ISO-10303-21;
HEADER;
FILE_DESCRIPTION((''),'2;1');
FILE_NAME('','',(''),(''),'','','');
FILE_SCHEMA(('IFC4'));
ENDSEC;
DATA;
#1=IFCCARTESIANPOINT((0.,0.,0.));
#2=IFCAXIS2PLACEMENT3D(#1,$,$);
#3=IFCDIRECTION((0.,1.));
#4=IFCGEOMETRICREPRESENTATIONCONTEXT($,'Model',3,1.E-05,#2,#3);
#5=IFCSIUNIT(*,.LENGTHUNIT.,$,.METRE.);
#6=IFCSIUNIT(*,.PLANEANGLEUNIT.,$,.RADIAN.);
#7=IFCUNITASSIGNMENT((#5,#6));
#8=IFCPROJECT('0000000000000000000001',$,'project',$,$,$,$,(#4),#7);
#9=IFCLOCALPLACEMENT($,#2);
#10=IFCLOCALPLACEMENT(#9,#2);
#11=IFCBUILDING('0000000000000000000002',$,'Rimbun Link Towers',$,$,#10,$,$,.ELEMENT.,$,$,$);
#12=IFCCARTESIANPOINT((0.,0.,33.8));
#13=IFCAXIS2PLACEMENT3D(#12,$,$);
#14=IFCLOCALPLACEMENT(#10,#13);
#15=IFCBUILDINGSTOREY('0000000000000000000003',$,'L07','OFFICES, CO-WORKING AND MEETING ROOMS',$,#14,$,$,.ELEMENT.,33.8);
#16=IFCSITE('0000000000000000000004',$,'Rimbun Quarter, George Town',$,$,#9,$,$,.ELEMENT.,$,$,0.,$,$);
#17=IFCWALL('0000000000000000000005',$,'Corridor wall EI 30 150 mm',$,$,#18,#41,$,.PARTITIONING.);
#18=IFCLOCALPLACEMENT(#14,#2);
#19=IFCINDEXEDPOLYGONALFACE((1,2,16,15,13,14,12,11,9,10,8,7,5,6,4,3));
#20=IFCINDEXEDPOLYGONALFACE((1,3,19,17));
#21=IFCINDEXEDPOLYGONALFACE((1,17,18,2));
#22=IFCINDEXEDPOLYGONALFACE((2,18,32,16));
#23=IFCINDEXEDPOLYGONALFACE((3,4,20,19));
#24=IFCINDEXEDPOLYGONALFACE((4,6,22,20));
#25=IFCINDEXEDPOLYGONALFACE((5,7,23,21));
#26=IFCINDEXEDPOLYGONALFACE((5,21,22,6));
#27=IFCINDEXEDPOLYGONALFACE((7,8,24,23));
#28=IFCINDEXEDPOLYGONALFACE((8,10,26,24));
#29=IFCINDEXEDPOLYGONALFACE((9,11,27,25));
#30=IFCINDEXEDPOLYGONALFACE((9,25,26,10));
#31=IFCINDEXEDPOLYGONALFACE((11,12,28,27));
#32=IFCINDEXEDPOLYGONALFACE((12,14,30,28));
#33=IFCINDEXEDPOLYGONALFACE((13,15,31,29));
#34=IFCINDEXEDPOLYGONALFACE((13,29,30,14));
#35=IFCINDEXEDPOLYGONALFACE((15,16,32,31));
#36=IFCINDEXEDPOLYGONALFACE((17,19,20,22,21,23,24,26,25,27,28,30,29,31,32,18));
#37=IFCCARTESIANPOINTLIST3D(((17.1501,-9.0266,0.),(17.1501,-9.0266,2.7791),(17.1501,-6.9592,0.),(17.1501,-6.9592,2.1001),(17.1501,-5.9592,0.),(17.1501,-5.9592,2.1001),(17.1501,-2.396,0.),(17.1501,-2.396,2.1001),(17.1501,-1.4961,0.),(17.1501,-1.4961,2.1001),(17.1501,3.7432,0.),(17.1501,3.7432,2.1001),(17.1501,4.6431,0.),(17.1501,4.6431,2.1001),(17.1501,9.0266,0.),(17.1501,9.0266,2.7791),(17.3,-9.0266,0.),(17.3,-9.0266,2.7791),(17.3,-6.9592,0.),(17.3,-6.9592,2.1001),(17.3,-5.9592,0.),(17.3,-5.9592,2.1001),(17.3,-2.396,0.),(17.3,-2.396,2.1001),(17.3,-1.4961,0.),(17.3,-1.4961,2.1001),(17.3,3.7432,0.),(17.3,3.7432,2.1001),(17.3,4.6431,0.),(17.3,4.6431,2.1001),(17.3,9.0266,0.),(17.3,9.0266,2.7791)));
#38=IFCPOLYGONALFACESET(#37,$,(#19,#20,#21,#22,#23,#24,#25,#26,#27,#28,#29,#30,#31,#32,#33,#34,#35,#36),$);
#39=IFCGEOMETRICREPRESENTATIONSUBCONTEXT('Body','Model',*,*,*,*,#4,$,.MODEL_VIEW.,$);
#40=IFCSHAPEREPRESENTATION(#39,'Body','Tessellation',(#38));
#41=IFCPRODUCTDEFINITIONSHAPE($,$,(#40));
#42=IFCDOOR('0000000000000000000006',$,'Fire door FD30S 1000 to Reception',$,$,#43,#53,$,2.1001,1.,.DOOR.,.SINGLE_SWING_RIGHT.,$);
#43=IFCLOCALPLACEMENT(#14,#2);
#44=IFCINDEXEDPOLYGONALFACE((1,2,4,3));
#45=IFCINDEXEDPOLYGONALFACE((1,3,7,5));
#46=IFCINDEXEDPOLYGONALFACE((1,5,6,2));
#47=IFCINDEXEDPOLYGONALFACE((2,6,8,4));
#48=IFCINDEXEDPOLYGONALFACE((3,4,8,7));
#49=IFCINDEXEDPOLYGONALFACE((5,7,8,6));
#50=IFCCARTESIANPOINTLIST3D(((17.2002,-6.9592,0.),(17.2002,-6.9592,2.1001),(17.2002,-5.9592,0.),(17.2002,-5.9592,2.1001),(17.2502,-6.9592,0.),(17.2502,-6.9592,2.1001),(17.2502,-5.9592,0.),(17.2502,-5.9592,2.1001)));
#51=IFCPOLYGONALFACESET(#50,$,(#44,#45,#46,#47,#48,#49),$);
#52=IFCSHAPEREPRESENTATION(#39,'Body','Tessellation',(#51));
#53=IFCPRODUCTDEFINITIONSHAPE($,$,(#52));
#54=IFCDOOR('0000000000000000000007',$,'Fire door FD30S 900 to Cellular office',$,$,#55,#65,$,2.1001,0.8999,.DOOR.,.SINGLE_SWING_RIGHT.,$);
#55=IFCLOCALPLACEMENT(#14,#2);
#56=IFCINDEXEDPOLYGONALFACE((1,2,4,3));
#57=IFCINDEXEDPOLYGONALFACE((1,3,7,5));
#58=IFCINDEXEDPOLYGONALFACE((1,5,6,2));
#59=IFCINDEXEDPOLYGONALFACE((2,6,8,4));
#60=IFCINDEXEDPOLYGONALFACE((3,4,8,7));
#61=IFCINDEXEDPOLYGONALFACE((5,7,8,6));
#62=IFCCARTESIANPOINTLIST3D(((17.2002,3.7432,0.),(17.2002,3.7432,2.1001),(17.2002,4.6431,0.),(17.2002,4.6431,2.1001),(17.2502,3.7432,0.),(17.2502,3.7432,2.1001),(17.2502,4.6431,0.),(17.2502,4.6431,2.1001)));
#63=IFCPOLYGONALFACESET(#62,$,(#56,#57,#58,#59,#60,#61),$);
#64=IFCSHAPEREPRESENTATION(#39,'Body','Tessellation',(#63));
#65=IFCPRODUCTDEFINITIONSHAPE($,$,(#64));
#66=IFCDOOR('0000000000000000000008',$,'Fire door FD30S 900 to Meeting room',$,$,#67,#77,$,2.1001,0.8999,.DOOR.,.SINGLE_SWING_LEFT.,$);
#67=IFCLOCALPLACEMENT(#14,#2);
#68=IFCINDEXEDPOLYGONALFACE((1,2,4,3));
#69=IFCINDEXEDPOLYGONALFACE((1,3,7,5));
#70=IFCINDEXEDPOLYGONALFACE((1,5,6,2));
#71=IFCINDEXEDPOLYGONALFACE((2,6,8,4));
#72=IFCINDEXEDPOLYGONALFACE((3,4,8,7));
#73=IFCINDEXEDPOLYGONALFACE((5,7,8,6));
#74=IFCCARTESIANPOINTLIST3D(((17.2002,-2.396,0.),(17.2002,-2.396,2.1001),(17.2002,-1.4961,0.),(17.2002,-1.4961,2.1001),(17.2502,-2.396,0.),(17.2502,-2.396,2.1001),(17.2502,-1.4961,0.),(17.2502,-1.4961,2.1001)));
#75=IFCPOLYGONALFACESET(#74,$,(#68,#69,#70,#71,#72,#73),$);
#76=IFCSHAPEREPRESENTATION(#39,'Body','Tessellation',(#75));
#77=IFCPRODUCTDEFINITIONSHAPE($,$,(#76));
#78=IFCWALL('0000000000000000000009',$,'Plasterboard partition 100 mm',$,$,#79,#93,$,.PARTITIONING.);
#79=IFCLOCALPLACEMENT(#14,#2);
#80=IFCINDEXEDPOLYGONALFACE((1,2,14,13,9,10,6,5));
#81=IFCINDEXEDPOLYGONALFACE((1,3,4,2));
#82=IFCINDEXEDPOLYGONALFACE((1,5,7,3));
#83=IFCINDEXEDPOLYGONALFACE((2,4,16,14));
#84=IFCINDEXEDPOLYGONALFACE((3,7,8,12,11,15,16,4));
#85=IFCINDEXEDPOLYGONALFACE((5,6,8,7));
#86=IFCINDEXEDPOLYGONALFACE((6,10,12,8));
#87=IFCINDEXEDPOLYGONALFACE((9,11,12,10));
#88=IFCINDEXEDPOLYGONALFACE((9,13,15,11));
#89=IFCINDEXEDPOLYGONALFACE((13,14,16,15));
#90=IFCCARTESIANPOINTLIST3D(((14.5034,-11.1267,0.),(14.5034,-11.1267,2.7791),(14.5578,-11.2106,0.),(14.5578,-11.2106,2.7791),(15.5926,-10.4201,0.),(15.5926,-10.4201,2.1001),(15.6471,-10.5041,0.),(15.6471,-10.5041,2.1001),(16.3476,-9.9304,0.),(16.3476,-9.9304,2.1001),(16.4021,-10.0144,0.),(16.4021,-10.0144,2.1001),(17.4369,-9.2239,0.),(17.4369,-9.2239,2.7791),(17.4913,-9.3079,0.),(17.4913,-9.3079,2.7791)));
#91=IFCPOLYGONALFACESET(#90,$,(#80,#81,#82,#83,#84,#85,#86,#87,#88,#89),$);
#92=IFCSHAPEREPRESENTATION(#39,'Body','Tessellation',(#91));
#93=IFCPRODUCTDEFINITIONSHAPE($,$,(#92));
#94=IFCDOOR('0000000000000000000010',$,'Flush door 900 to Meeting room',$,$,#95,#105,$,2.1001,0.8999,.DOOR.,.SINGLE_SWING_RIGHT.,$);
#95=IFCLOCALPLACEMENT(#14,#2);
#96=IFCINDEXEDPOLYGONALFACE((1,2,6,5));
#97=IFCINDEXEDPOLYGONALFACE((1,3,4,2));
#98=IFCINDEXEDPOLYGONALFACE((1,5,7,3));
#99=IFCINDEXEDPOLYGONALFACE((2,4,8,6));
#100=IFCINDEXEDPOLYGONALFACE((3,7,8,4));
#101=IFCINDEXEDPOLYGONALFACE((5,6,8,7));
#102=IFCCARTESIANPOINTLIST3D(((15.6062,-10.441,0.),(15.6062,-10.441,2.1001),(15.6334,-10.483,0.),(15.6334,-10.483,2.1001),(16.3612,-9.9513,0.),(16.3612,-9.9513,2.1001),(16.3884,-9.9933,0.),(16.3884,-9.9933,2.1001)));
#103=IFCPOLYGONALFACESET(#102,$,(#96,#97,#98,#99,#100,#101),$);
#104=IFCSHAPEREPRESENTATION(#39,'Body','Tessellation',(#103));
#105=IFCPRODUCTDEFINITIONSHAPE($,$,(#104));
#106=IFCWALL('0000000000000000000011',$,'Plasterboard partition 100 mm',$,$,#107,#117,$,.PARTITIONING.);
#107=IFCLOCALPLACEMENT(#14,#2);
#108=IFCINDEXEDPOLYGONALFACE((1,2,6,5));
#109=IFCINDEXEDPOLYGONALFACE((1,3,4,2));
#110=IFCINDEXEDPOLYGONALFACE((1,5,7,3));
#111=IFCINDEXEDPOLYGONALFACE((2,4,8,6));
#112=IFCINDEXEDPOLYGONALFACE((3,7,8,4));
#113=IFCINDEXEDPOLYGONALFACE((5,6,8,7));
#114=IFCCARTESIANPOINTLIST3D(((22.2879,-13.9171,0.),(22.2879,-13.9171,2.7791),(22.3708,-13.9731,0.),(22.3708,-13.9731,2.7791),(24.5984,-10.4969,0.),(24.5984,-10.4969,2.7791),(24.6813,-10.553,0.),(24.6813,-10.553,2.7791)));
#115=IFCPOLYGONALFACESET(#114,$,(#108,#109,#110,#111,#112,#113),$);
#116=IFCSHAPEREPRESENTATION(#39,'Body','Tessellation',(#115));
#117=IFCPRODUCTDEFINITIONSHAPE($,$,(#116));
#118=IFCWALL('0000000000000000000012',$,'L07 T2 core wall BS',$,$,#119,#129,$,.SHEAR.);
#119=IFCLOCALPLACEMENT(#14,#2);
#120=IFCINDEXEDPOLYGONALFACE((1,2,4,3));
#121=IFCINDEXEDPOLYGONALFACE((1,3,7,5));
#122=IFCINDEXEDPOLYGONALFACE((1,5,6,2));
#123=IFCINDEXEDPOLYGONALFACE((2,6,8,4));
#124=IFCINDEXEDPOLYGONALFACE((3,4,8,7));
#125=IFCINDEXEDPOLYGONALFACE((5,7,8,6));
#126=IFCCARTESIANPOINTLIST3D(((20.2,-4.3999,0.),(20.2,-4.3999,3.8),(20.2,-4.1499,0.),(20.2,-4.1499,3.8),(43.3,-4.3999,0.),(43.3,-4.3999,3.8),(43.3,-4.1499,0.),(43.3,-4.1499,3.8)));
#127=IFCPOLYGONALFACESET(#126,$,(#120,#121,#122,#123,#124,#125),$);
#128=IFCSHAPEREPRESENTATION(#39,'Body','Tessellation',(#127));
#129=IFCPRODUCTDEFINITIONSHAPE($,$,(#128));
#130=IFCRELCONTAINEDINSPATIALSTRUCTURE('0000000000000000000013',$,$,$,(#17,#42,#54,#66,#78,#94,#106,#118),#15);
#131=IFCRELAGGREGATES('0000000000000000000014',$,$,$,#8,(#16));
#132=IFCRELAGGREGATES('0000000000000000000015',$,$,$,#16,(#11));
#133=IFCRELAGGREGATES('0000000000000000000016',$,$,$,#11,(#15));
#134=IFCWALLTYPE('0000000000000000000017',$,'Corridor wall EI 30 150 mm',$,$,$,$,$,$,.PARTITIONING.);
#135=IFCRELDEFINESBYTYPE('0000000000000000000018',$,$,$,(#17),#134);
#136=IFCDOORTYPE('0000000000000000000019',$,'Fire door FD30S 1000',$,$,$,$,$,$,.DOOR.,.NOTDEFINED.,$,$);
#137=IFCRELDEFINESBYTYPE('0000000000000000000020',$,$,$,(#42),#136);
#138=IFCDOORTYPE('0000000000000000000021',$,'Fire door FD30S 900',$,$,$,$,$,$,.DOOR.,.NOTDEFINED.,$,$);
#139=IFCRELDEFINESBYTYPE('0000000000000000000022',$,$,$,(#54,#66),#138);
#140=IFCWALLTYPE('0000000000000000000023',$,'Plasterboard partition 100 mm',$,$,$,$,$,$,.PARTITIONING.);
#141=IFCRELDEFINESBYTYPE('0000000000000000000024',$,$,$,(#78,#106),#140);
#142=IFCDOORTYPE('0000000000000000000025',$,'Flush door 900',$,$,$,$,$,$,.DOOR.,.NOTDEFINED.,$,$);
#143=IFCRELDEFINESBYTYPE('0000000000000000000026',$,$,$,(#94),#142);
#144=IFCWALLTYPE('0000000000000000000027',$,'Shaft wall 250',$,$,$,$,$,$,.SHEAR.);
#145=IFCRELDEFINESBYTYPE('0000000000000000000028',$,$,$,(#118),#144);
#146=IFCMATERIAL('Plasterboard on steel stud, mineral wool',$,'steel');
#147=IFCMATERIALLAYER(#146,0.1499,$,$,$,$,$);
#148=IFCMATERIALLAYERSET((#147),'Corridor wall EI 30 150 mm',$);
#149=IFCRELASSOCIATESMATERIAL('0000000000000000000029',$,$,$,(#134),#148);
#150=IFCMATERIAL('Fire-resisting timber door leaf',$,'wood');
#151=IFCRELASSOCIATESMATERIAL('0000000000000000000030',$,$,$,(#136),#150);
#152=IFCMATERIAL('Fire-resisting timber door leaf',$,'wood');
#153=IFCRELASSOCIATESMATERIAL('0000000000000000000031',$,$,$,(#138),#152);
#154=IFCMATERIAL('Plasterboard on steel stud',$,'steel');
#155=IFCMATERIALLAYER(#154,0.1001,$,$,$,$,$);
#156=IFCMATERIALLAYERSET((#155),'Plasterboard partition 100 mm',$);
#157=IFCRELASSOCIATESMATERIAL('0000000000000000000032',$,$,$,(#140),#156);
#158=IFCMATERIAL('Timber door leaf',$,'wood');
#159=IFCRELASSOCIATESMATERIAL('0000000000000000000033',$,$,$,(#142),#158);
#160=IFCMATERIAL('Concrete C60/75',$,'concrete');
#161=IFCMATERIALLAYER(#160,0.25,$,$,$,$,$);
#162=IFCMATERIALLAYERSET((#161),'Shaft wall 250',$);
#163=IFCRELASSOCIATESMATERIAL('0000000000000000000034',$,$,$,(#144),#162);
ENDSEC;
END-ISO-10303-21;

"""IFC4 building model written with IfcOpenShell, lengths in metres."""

from ifc_helpers import new_model, si_unit, direction, frame, frame_2d, origin, place, context, subcontext, project, spatial, rectangle, extrude, material, layer, layer_set, type_object, element, fill, save


model = new_model("IFC4")

# Units and contexts
model_context = context("Model", 3, precision=1e-05, world=origin(), true_north=direction((0.0, 1.0)))
body_context = subcontext(model_context, "Body", "Model", "MODEL_VIEW")
ifc_project = project(units=[si_unit("LENGTHUNIT", "METRE"), si_unit("PLANEANGLEUNIT", "RADIAN")], contexts=[model_context])

# Site, building, storey
site_placement = place(None, origin())
site = spatial("IfcSite", under=ifc_project, at=site_placement, Name="Rimbun Quarter, George Town", CompositionType="ELEMENT", RefElevation=0.0)
building_placement = place(site_placement, origin())
building = spatial("IfcBuilding", under=site, at=building_placement, Name="Rimbun Link Towers", CompositionType="ELEMENT")
storey_placement = place(building_placement, frame((0.0, 0.0, 33.8)))
storey = spatial("IfcBuildingStorey", under=building, at=storey_placement, Name="L07", Description="OFFICES, CO-WORKING AND MEETING ROOMS", CompositionType="ELEMENT", Elevation=33.8)

# Shared definitions
ifc_material_1 = material(Name="Plasterboard on steel stud, mineral wool", Category="steel")
ifc_layer_1 = layer(ifc_material_1, 0.1499)
ifc_layer_set_1 = layer_set([ifc_layer_1], Name="Corridor wall EI 30 150 mm")
wall_type_1 = type_object("IfcWallType", Name="Corridor wall EI 30 150 mm", PredefinedType="PARTITIONING", material=ifc_layer_set_1)

# Wall, openings, doors
wall_1_placement = place(storey_placement, frame((17.2251, -9.0266, 0.0), z_axis=(0.0, 0.0, 1.0), x_axis=(0.0, 1.0, 0.0)))
wall_1 = element("IfcWall", 1, at=wall_1_placement, inside=storey, type_object=wall_type_1, Name="Corridor wall EI 30 150 mm", PredefinedType="PARTITIONING", context=body_context, shape_type="SweptSolid", body=[
    extrude(rectangle(XDim=18.0532, YDim=0.1499, at=frame_2d((9.0266, 0.0))), origin(), (0.0, 0.0, 1.0), 2.7791),
])
opening_1_placement = place(wall_1_placement, frame((12.7698, 0.0, 0.0)))
opening_1 = element("IfcOpeningElement", 2, at=opening_1_placement, cuts=wall_1, PredefinedType="OPENING", context=body_context, shape_type="SweptSolid", body=[
    extrude(rectangle(XDim=0.8999, YDim=2.1001, at=frame_2d((0.45, 1.05))), frame((0.0, 0.085, 0.0), z_axis=(0.0, -1.0, 0.0), x_axis=(1.0, 0.0, 0.0)), (0.0, 0.0, 1.0), 0.1699),
])
opening_2_placement = place(wall_1_placement, frame((6.6306, 0.0, 0.0)))
opening_2 = element("IfcOpeningElement", 3, at=opening_2_placement, cuts=wall_1, PredefinedType="OPENING", context=body_context, shape_type="SweptSolid", body=[
    extrude(rectangle(XDim=0.8999, YDim=2.1001, at=frame_2d((0.45, 1.05))), frame((0.0, 0.085, 0.0), z_axis=(0.0, -1.0, 0.0), x_axis=(1.0, 0.0, 0.0)), (0.0, 0.0, 1.0), 0.1699),
])
opening_3_placement = place(wall_1_placement, frame((2.0674, 0.0, 0.0)))
opening_3 = element("IfcOpeningElement", 4, at=opening_3_placement, cuts=wall_1, PredefinedType="OPENING", context=body_context, shape_type="SweptSolid", body=[
    extrude(rectangle(XDim=1.0, YDim=2.1001, at=frame_2d((0.5, 1.05))), frame((0.0, 0.085, 0.0), z_axis=(0.0, -1.0, 0.0), x_axis=(1.0, 0.0, 0.0)), (0.0, 0.0, 1.0), 0.1699),
])
ifc_material_2 = material(Name="Fire-resisting timber door leaf", Category="wood")
door_type_1 = type_object("IfcDoorType", Name="Fire door FD30S 1000", OperationType="NOTDEFINED", PredefinedType="DOOR", material=ifc_material_2)
door_1_placement = place(opening_3_placement, origin())
door_1 = element("IfcDoor", 5, at=door_1_placement, inside=storey, type_object=door_type_1, Name="Fire door FD30S 1000 to Reception", OperationType="SINGLE_SWING_RIGHT", OverallHeight=2.1001, OverallWidth=1.0, PredefinedType="DOOR", context=body_context, shape_type="SweptSolid", body=[
    extrude(rectangle(XDim=1.0, YDim=2.1001, at=frame_2d((0.5, 1.05))), frame((0.0, 0.0249, 0.0), z_axis=(0.0, -1.0, 0.0), x_axis=(1.0, 0.0, 0.0)), (0.0, 0.0, 1.0), 0.05),
])
fill(opening_3, door_1)
ifc_material_3 = material(Name="Fire-resisting timber door leaf", Category="wood")
door_type_2 = type_object("IfcDoorType", Name="Fire door FD30S 900", OperationType="NOTDEFINED", PredefinedType="DOOR", material=ifc_material_3)
door_2_placement = place(opening_1_placement, origin())
door_2 = element("IfcDoor", 6, at=door_2_placement, inside=storey, type_object=door_type_2, Name="Fire door FD30S 900 to Cellular office", OperationType="SINGLE_SWING_RIGHT", OverallHeight=2.1001, OverallWidth=0.8999, PredefinedType="DOOR", context=body_context, shape_type="SweptSolid", body=[
    extrude(rectangle(XDim=0.8999, YDim=2.1001, at=frame_2d((0.45, 1.05))), frame((0.0, 0.0249, 0.0), z_axis=(0.0, -1.0, 0.0), x_axis=(1.0, 0.0, 0.0)), (0.0, 0.0, 1.0), 0.05),
])
fill(opening_1, door_2)
door_3_placement = place(opening_2_placement, origin())
door_3 = element("IfcDoor", 7, at=door_3_placement, inside=storey, type_object=door_type_2, Name="Fire door FD30S 900 to Meeting room", OperationType="SINGLE_SWING_LEFT", OverallHeight=2.1001, OverallWidth=0.8999, PredefinedType="DOOR", context=body_context, shape_type="SweptSolid", body=[
    extrude(rectangle(XDim=0.8999, YDim=2.1001, at=frame_2d((0.45, 1.05))), frame((0.0, 0.0249, 0.0), z_axis=(0.0, -1.0, 0.0), x_axis=(1.0, 0.0, 0.0)), (0.0, 0.0, 1.0), 0.05),
])
fill(opening_2, door_3)

# Wall, opening, door
ifc_material_4 = material(Name="Plasterboard on steel stud", Category="steel")
ifc_layer_2 = layer(ifc_material_4, 0.1001)
ifc_layer_set_2 = layer_set([ifc_layer_2], Name="Plasterboard partition 100 mm")
wall_type_2 = type_object("IfcWallType", Name="Plasterboard partition 100 mm", PredefinedType="PARTITIONING", material=ifc_layer_set_2)
wall_2_placement = place(storey_placement, frame((17.4641, -9.2659, 0.0), z_axis=(0.0, 0.0, 1.0), x_axis=(-0.838966, -0.544183, 0.0)))
wall_2 = element("IfcWall", 8, at=wall_2_placement, inside=storey, type_object=wall_type_2, Name="Plasterboard partition 100 mm", PredefinedType="PARTITIONING", context=body_context, shape_type="SweptSolid", body=[
    extrude(rectangle(XDim=3.4966, YDim=0.1001, at=frame_2d((1.7483, 0.0))), origin(), (0.0, 0.0, 1.0), 2.7791),
])
opening_4_placement = place(wall_2_placement, frame((1.2983, 0.0, 0.0)))
opening_4 = element("IfcOpeningElement", 9, at=opening_4_placement, cuts=wall_2, PredefinedType="OPENING", context=body_context, shape_type="SweptSolid", body=[
    extrude(rectangle(XDim=0.8999, YDim=2.1001, at=frame_2d((0.45, 1.05))), frame((0.0, 0.0601, 0.0), z_axis=(0.0, -1.0, 0.0), x_axis=(1.0, 0.0, 0.0)), (0.0, 0.0, 1.0), 0.1201),
])
ifc_material_5 = material(Name="Timber door leaf", Category="wood")
door_type_3 = type_object("IfcDoorType", Name="Flush door 900", OperationType="NOTDEFINED", PredefinedType="DOOR", material=ifc_material_5)
door_4_placement = place(opening_4_placement, origin())
door_4 = element("IfcDoor", 10, at=door_4_placement, inside=storey, type_object=door_type_3, Name="Flush door 900 to Meeting room", OperationType="SINGLE_SWING_RIGHT", OverallHeight=2.1001, OverallWidth=0.8999, PredefinedType="DOOR", context=body_context, shape_type="SweptSolid", body=[
    extrude(rectangle(XDim=0.8999, YDim=2.1001, at=frame_2d((0.45, 1.05))), frame((0.0, 0.0249, 0.0), z_axis=(0.0, -1.0, 0.0), x_axis=(1.0, 0.0, 0.0)), (0.0, 0.0, 1.0), 0.05),
])
fill(opening_4, door_4)

# Walls
wall_3_placement = place(storey_placement, frame((22.3293, -13.9451, 0.0), z_axis=(0.0, 0.0, 1.0), x_axis=(0.559795, 0.828631, 0.0)))
element("IfcWall", 11, at=wall_3_placement, inside=storey, type_object=wall_type_2, Name="Plasterboard partition 100 mm", PredefinedType="PARTITIONING", context=body_context, shape_type="SweptSolid", body=[
    extrude(rectangle(XDim=4.1274, YDim=0.1001, at=frame_2d((2.0637, 0.0))), origin(), (0.0, 0.0, 1.0), 2.7791),
])
ifc_material_6 = material(Name="Concrete C60/75", Category="concrete")
ifc_layer_3 = layer(ifc_material_6, 0.25)
ifc_layer_set_3 = layer_set([ifc_layer_3], Name="Shaft wall 250")
wall_type_3 = type_object("IfcWallType", Name="Shaft wall 250", PredefinedType="SHEAR", material=ifc_layer_set_3)
wall_4_placement = place(storey_placement, frame((20.2, -4.2749, 0.0), z_axis=(0.0, 0.0, 1.0), x_axis=(1.0, 0.0, 0.0)))
element("IfcWall", 12, at=wall_4_placement, inside=storey, type_object=wall_type_3, Name="L07 T2 core wall BS", PredefinedType="SHEAR", context=body_context, shape_type="SweptSolid", body=[
    extrude(rectangle(XDim=23.1001, YDim=0.25, at=frame_2d((11.55, 0.0))), origin(), (0.0, 0.0, 1.0), 3.8),
])

save(model, "model.ifc")
